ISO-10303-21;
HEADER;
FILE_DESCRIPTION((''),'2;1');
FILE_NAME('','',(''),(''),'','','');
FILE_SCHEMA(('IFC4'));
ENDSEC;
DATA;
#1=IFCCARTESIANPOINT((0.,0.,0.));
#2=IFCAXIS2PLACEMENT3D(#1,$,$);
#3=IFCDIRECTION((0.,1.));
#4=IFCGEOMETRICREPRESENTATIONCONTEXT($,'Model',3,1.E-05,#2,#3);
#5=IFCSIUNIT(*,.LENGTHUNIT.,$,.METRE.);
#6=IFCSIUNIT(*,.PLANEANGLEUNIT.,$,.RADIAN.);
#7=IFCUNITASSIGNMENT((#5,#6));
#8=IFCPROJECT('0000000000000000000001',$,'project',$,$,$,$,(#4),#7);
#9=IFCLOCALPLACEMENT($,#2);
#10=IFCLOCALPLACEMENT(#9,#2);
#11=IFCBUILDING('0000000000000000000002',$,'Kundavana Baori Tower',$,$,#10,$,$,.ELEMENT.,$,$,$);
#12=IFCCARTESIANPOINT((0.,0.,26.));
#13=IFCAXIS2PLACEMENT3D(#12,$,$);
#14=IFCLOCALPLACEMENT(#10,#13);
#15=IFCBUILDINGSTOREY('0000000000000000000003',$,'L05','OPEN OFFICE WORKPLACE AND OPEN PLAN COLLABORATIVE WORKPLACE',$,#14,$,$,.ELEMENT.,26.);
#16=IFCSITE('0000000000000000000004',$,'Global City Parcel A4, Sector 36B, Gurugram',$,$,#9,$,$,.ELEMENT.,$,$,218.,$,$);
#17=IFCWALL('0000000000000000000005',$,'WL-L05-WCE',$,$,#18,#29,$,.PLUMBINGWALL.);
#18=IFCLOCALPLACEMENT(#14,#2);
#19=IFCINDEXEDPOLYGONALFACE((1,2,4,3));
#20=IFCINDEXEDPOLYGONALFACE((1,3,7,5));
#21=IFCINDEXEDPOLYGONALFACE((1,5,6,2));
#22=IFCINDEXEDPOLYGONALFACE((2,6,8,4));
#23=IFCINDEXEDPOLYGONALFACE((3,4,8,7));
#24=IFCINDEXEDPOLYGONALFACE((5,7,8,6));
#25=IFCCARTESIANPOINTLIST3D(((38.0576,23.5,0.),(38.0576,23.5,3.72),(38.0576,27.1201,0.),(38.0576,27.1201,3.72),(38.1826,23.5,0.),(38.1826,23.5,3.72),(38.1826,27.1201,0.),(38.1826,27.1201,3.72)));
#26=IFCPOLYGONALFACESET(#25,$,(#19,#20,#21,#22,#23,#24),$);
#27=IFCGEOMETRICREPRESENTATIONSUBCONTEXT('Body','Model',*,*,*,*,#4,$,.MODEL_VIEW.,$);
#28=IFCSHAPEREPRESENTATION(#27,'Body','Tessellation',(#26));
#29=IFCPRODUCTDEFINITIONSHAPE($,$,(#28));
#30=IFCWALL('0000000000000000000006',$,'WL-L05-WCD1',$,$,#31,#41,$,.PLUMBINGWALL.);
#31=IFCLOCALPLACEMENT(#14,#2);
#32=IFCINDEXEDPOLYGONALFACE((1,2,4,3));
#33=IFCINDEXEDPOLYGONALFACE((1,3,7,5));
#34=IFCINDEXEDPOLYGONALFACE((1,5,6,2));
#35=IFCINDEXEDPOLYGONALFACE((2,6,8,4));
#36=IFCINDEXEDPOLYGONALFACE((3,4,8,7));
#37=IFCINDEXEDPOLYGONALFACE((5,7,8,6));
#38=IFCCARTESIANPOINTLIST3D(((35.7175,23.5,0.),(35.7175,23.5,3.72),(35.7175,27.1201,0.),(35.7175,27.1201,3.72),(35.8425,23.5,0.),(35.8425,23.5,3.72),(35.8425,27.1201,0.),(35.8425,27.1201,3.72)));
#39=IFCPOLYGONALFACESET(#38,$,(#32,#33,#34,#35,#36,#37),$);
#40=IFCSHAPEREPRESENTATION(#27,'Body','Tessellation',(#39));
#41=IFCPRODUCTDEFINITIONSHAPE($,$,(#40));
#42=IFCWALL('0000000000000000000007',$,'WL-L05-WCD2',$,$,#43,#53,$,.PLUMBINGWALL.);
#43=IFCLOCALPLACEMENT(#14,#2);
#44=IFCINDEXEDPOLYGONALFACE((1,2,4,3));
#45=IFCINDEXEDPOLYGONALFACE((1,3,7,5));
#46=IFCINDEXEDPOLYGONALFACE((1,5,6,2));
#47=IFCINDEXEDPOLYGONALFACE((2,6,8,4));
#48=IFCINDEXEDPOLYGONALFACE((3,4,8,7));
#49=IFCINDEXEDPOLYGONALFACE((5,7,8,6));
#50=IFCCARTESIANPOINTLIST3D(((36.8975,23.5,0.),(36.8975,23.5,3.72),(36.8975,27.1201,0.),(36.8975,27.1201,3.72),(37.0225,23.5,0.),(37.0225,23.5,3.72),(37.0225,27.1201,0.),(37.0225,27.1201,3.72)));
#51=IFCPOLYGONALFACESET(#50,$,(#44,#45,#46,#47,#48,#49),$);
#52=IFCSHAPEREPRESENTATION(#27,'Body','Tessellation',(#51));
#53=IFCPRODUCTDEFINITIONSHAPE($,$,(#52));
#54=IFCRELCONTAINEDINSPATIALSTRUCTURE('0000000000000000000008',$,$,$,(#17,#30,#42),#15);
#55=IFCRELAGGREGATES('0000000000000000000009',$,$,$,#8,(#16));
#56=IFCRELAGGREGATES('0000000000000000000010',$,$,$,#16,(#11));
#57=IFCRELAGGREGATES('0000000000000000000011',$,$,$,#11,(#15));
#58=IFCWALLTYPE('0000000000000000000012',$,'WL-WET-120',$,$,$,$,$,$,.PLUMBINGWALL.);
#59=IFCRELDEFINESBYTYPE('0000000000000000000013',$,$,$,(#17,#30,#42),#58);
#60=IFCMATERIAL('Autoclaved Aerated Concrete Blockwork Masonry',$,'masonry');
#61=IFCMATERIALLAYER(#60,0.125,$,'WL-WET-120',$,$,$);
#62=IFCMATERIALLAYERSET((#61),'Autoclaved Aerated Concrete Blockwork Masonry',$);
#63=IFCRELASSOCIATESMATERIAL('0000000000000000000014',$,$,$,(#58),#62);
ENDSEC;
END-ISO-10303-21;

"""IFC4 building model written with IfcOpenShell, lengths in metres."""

from ifc_helpers import new_model, si_unit, direction, frame, frame_2d, origin, place, context, subcontext, project, spatial, rectangle, extrude, material, layer, layer_set, type_object, element, save


model = new_model("IFC4")

# Units and contexts
model_context = context("Model", 3, precision=1e-05, world=origin(), true_north=direction((0.0, 1.0)))
body_context = subcontext(model_context, "Body", "Model", "MODEL_VIEW")
ifc_project = project(units=[si_unit("LENGTHUNIT", "METRE"), si_unit("PLANEANGLEUNIT", "RADIAN")], contexts=[model_context])

# Site, building, storey
site_placement = place(None, origin())
site = spatial("IfcSite", under=ifc_project, at=site_placement, Name="Global City Parcel A4, Sector 36B, Gurugram", CompositionType="ELEMENT", RefElevation=218.0)
building_placement = place(site_placement, origin())
building = spatial("IfcBuilding", under=site, at=building_placement, Name="Kundavana Baori Tower", CompositionType="ELEMENT")
storey_placement = place(building_placement, frame((0.0, 0.0, 26.0)))
storey = spatial("IfcBuildingStorey", under=building, at=storey_placement, Name="L05", Description="OPEN OFFICE WORKPLACE AND OPEN PLAN COLLABORATIVE WORKPLACE", CompositionType="ELEMENT", Elevation=26.0)

# Walls
ifc_material_1 = material(Name="Autoclaved Aerated Concrete Blockwork Masonry", Category="masonry")
ifc_layer_1 = layer(ifc_material_1, 0.125, Name="WL-WET-120")
ifc_layer_set_1 = layer_set([ifc_layer_1], Name="Autoclaved Aerated Concrete Blockwork Masonry")
wall_type_1 = type_object("IfcWallType", Name="WL-WET-120", PredefinedType="PLUMBINGWALL", material=ifc_layer_set_1)
for number, where, z_axis, x_axis, name in (
    (1, (38.1201, 23.5, 0.0), (0.0, 0.0, 1.0), (0.0, 1.0, 0.0), "WL-L05-WCE"),
    (2, (35.78, 23.5, 0.0), (0.0, 0.0, 1.0), (0.0, 1.0, 0.0), "WL-L05-WCD1"),
    (3, (36.96, 23.5, 0.0), (0.0, 0.0, 1.0), (0.0, 1.0, 0.0), "WL-L05-WCD2"),
):
    element("IfcWall", number, at=place(storey_placement, frame(where, z_axis=z_axis, x_axis=x_axis)), inside=storey, type_object=wall_type_1, Name=name, PredefinedType="PLUMBINGWALL", context=body_context, shape_type="SweptSolid", body=[
        extrude(rectangle(XDim=3.6201, YDim=0.125, at=frame_2d((1.8101, 0.0))), origin(), (0.0, 0.0, 1.0), 3.72),
    ])

save(model, "model.ifc")
